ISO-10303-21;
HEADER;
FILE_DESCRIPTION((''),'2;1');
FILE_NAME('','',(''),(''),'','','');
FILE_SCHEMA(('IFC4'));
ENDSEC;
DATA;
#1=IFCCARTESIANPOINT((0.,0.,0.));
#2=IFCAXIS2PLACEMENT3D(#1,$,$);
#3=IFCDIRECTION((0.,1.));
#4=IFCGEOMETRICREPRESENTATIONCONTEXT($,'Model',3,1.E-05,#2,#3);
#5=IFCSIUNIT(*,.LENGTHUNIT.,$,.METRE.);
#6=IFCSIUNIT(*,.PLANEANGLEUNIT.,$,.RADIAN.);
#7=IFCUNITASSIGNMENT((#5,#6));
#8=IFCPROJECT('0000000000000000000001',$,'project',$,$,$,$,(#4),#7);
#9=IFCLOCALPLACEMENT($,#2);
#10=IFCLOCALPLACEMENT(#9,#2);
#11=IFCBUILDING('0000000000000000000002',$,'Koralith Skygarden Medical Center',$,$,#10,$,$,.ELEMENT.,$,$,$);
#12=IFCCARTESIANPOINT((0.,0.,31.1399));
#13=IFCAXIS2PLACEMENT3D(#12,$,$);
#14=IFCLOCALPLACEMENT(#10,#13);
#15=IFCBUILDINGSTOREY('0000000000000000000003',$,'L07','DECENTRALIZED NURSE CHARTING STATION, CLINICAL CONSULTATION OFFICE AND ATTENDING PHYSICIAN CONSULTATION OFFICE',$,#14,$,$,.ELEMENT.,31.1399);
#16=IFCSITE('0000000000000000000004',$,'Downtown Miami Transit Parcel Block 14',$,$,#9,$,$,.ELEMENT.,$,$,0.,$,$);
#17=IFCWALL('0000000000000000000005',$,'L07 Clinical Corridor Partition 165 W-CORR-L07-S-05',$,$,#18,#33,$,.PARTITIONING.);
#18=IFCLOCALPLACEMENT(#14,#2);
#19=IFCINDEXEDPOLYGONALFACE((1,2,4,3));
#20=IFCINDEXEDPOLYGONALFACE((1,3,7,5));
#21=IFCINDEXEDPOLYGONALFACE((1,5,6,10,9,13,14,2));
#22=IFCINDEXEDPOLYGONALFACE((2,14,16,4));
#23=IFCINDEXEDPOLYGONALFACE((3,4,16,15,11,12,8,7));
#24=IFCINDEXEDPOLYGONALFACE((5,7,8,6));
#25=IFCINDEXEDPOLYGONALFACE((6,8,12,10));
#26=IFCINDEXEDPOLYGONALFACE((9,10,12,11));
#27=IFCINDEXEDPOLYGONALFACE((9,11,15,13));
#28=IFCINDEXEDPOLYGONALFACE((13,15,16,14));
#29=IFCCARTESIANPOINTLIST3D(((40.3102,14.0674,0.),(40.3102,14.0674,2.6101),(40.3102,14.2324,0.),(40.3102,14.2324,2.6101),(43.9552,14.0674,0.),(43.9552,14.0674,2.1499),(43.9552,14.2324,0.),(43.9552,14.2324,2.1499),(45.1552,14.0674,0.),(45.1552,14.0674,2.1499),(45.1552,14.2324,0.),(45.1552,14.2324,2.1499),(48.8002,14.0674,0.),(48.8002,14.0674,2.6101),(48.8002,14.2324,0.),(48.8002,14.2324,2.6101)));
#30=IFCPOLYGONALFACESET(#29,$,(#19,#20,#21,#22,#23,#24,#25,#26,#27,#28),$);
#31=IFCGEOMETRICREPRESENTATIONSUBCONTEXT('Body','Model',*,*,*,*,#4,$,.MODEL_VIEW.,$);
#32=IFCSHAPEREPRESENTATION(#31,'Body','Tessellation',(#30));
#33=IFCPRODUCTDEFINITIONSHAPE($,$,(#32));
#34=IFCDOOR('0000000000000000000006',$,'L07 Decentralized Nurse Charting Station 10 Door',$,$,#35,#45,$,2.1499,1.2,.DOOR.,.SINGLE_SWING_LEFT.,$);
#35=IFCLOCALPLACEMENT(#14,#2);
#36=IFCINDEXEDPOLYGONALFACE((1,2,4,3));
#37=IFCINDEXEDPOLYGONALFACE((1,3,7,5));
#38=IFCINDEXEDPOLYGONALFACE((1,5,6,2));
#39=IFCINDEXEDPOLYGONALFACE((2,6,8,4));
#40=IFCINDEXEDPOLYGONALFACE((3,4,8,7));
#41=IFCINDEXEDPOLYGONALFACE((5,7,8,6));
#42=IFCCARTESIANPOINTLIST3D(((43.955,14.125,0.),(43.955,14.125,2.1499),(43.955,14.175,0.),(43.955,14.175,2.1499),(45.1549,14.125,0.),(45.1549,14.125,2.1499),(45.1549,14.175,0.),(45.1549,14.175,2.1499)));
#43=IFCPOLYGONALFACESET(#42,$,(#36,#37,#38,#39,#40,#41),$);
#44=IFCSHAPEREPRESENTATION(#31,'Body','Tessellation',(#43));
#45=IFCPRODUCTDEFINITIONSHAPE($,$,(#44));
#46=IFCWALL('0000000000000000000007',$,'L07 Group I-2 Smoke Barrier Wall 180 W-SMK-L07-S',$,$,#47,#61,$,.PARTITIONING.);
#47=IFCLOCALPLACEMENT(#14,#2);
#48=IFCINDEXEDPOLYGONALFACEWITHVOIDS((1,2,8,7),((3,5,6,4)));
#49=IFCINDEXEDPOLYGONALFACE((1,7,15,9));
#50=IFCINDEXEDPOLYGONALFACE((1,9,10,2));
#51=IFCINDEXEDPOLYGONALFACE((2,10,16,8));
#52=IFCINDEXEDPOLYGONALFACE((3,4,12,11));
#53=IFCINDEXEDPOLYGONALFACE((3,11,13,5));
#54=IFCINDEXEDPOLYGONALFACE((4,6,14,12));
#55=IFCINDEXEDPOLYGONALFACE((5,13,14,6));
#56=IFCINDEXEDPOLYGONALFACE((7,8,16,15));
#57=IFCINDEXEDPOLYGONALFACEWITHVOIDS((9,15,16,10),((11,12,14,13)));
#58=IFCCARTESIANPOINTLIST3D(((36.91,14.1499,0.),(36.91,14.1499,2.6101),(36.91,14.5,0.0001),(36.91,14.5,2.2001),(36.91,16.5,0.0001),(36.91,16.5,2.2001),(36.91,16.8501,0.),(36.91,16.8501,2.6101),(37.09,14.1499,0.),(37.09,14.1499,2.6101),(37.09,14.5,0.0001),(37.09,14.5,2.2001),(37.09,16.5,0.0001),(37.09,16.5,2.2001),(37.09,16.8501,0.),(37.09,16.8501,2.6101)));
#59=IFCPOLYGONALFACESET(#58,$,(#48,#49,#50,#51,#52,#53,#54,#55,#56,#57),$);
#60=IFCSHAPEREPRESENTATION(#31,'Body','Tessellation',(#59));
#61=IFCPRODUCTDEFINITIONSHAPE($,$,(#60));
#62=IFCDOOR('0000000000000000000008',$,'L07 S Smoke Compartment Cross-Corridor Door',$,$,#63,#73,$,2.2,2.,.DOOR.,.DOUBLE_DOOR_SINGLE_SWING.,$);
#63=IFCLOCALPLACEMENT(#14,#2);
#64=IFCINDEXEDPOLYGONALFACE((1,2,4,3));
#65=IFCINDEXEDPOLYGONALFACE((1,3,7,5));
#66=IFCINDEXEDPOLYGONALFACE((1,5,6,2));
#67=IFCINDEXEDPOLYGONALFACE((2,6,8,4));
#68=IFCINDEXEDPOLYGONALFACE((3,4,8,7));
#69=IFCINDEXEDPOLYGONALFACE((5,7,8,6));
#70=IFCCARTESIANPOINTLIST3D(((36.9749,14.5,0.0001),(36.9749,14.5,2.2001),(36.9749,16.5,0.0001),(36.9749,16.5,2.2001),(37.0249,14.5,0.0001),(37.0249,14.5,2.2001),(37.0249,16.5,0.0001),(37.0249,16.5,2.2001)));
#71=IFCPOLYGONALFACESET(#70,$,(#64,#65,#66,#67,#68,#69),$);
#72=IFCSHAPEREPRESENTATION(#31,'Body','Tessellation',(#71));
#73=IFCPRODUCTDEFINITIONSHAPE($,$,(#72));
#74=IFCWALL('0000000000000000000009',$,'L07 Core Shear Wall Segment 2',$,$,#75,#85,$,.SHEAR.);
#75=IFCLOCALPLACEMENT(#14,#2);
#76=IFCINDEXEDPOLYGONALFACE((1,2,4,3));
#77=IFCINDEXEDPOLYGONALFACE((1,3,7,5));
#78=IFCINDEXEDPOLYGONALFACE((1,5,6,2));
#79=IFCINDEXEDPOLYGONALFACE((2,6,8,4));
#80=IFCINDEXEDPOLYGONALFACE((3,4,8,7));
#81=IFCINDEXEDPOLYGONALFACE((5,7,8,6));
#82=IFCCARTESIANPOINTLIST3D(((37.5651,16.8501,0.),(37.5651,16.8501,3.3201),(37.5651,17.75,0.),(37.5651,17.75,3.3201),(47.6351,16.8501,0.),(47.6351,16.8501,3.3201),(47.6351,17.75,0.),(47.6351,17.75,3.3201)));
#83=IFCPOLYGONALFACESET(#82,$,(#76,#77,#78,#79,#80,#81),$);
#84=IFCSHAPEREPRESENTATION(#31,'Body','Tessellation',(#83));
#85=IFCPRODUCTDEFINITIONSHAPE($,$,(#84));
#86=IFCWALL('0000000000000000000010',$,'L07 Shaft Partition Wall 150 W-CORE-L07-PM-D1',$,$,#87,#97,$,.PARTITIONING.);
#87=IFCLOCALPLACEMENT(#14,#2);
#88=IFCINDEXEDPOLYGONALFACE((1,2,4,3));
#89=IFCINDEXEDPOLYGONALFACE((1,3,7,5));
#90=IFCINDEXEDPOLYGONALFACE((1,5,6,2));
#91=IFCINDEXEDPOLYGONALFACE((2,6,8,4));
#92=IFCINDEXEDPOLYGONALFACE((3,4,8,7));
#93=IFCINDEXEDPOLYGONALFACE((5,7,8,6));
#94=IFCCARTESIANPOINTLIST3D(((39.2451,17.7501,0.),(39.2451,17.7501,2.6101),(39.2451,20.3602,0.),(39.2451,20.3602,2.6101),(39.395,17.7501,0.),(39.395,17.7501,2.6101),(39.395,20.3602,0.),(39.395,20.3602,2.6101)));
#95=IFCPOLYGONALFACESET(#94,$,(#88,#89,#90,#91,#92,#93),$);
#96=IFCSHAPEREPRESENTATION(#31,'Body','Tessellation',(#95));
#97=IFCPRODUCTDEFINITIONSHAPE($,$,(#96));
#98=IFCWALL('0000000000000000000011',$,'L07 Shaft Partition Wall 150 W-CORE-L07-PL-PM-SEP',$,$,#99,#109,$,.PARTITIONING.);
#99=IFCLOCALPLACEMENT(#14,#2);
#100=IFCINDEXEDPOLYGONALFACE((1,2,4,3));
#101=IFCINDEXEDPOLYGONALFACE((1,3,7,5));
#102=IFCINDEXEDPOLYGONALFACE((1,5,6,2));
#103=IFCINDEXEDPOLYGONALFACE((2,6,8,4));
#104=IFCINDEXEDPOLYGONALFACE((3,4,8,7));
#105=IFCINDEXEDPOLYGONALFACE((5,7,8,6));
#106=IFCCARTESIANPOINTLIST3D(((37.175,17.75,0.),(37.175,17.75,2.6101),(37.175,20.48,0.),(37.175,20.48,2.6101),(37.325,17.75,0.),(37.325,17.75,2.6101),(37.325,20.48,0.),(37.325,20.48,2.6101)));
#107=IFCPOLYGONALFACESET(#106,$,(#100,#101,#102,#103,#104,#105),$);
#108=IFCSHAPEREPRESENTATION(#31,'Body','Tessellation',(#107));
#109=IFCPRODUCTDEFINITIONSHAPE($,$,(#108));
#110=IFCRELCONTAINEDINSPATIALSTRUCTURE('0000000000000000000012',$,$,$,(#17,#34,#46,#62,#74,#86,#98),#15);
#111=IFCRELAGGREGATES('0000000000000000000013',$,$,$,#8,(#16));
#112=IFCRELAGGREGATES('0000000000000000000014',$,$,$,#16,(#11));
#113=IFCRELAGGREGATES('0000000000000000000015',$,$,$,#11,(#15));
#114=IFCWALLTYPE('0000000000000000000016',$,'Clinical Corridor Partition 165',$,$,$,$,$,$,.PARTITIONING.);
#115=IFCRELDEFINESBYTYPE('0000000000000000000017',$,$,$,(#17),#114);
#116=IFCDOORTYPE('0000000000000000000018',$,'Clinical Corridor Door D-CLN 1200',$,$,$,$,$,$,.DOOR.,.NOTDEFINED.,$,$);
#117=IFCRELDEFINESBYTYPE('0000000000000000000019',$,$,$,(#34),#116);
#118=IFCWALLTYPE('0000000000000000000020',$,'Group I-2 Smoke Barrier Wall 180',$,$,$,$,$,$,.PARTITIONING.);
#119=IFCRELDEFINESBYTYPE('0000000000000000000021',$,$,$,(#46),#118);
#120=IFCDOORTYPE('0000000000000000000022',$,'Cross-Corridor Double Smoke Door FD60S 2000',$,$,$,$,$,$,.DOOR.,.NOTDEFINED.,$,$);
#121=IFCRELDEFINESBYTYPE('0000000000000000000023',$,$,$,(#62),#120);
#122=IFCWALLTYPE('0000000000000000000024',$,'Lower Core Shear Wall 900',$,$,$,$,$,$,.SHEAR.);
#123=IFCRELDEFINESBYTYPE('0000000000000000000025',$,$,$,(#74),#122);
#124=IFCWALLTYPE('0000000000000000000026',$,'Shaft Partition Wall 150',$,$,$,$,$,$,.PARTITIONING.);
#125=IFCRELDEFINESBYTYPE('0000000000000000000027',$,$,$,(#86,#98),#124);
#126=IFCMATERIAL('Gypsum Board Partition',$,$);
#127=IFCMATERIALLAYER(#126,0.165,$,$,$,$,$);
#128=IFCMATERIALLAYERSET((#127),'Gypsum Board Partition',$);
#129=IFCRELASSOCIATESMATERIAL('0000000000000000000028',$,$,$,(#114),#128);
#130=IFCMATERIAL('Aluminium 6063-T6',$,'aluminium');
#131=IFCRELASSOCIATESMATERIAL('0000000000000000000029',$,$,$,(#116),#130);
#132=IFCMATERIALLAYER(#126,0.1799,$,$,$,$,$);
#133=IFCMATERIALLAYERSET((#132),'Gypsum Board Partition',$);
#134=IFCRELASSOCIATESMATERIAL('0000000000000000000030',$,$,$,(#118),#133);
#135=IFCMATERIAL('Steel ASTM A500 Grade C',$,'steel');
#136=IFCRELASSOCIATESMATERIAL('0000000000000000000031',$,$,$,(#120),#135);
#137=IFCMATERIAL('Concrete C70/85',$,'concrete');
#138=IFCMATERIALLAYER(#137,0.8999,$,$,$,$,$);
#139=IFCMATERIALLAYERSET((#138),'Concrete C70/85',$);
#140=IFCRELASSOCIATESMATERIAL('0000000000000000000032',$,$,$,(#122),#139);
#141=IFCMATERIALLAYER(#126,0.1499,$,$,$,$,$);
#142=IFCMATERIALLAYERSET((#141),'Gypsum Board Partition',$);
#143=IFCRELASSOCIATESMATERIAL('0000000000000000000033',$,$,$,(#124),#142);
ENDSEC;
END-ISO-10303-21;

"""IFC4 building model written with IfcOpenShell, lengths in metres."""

from ifc_helpers import new_model, si_unit, direction, frame, frame_2d, origin, place, context, subcontext, project, spatial, rectangle, extrude, material, layer, layer_set, type_object, element, fill, save


model = new_model("IFC4")

# Units and contexts
model_context = context("Model", 3, precision=1e-05, world=origin(), true_north=direction((0.0, 1.0)))
body_context = subcontext(model_context, "Body", "Model", "MODEL_VIEW")
ifc_project = project(units=[si_unit("LENGTHUNIT", "METRE"), si_unit("PLANEANGLEUNIT", "RADIAN")], contexts=[model_context])

# Site, building, storey
site_placement = place(None, origin())
site = spatial("IfcSite", under=ifc_project, at=site_placement, Name="Downtown Miami Transit Parcel Block 14", CompositionType="ELEMENT", RefElevation=0.0)
building_placement = place(site_placement, origin())
building = spatial("IfcBuilding", under=site, at=building_placement, Name="Koralith Skygarden Medical Center", CompositionType="ELEMENT")
storey_placement = place(building_placement, frame((0.0, 0.0, 31.1399)))
storey = spatial("IfcBuildingStorey", under=building, at=storey_placement, Name="L07", Description="DECENTRALIZED NURSE CHARTING STATION, CLINICAL CONSULTATION OFFICE AND ATTENDING PHYSICIAN CONSULTATION OFFICE", CompositionType="ELEMENT", Elevation=31.1399)

# Shared definitions
ifc_material_1 = material(Name="Concrete C70/85", Category="concrete")

# Shared definitions
ifc_material_2 = material(Name="Aluminium 6063-T6", Category="aluminium")

# Shared definitions
ifc_material_3 = material(Name="Gypsum Board Partition")

# Walls, openings, doors
ifc_layer_1 = layer(ifc_material_3, 0.165)
ifc_layer_set_1 = layer_set([ifc_layer_1], Name="Gypsum Board Partition")
wall_type_1 = type_object("IfcWallType", Name="Clinical Corridor Partition 165", PredefinedType="PARTITIONING", material=ifc_layer_set_1)
wall_1_placement = place(storey_placement, frame((40.3101, 14.1499, 0.0), z_axis=(0.0, 0.0, 1.0), x_axis=(1.0, 0.0, 0.0)))
wall_1 = element("IfcWall", 1, at=wall_1_placement, inside=storey, type_object=wall_type_1, Name="L07 Clinical Corridor Partition 165 W-CORR-L07-S-05", PredefinedType="PARTITIONING", context=body_context, shape_type="SweptSolid", body=[
    extrude(rectangle(XDim=8.49, YDim=0.165, at=frame_2d((4.2451, 0.0))), origin(), (0.0, 0.0, 1.0), 2.6101),
])
opening_1_placement = place(wall_1_placement, frame((3.645, 0.0, 0.0)))
opening_1 = element("IfcOpeningElement", 2, at=opening_1_placement, cuts=wall_1, PredefinedType="OPENING", context=body_context, shape_type="SweptSolid", body=[
    extrude(rectangle(XDim=1.2, YDim=2.1499, at=frame_2d((0.6001, 1.075))), frame((0.0, 0.0925, 0.0), z_axis=(0.0, -1.0, 0.0), x_axis=(1.0, 0.0, 0.0)), (0.0, 0.0, 1.0), 0.1851),
])
door_type_1 = type_object("IfcDoorType", Name="Clinical Corridor Door D-CLN 1200", OperationType="NOTDEFINED", PredefinedType="DOOR", material=ifc_material_2)
door_1_placement = place(opening_1_placement, frame((1.2, 0.0, 0.0), z_axis=(0.0, 0.0, 1.0), x_axis=(-1.0, 0.0, 0.0)))
door_1 = element("IfcDoor", 3, at=door_1_placement, inside=storey, type_object=door_type_1, Name="L07 Decentralized Nurse Charting Station 10 Door", OperationType="SINGLE_SWING_LEFT", OverallHeight=2.1499, OverallWidth=1.2, PredefinedType="DOOR", context=body_context, shape_type="SweptSolid", body=[
    extrude(rectangle(XDim=1.2, YDim=2.1499, at=frame_2d((0.6001, 1.075))), frame((0.0, 0.0249, 0.0), z_axis=(0.0, -1.0, 0.0), x_axis=(1.0, 0.0, 0.0)), (0.0, 0.0, 1.0), 0.05),
])
fill(opening_1, door_1)
ifc_layer_2 = layer(ifc_material_3, 0.1799)
ifc_layer_set_2 = layer_set([ifc_layer_2], Name="Gypsum Board Partition")
wall_type_2 = type_object("IfcWallType", Name="Group I-2 Smoke Barrier Wall 180", PredefinedType="PARTITIONING", material=ifc_layer_set_2)
wall_2_placement = place(storey_placement, frame((37.0, 14.1499, 0.0), z_axis=(0.0, 0.0, 1.0), x_axis=(0.0, 1.0, 0.0)))
wall_2 = element("IfcWall", 4, at=wall_2_placement, inside=storey, type_object=wall_type_2, Name="L07 Group I-2 Smoke Barrier Wall 180 W-SMK-L07-S", PredefinedType="PARTITIONING", context=body_context, shape_type="SweptSolid", body=[
    extrude(rectangle(XDim=2.7002, YDim=0.1799, at=frame_2d((1.3501, 0.0))), origin(), (0.0, 0.0, 1.0), 2.6101),
])
opening_2_placement = place(wall_2_placement, frame((0.3501, 0.0, 0.0)))
opening_2 = element("IfcOpeningElement", 5, at=opening_2_placement, cuts=wall_2, PredefinedType="OPENING", context=body_context, shape_type="SweptSolid", body=[
    extrude(rectangle(XDim=2.0, YDim=2.2, at=frame_2d((1.0, 1.1001))), frame((0.0, 0.0999, 0.0), z_axis=(0.0, -1.0, 0.0), x_axis=(1.0, 0.0, 0.0)), (0.0, 0.0, 1.0), 0.2),
])
ifc_material_4 = material(Name="Steel ASTM A500 Grade C", Category="steel")
door_type_2 = type_object("IfcDoorType", Name="Cross-Corridor Double Smoke Door FD60S 2000", OperationType="NOTDEFINED", PredefinedType="DOOR", material=ifc_material_4)
door_2_placement = place(opening_2_placement, frame((2.0, 0.0, 0.0), z_axis=(0.0, 0.0, 1.0), x_axis=(-1.0, 0.0, 0.0)))
door_2 = element("IfcDoor", 6, at=door_2_placement, inside=storey, type_object=door_type_2, Name="L07 S Smoke Compartment Cross-Corridor Door", OperationType="DOUBLE_DOOR_SINGLE_SWING", OverallHeight=2.2, OverallWidth=2.0, PredefinedType="DOOR", context=body_context, shape_type="SweptSolid", body=[
    extrude(rectangle(XDim=2.0, YDim=2.2, at=frame_2d((1.0, 1.1001))), frame((0.0, 0.0249, 0.0), z_axis=(0.0, -1.0, 0.0), x_axis=(1.0, 0.0, 0.0)), (0.0, 0.0, 1.0), 0.05),
])
fill(opening_2, door_2)

# Walls
ifc_layer_3 = layer(ifc_material_1, 0.8999)
ifc_layer_set_3 = layer_set([ifc_layer_3], Name="Concrete C70/85")
wall_type_3 = type_object("IfcWallType", Name="Lower Core Shear Wall 900", PredefinedType="SHEAR", material=ifc_layer_set_3)
wall_3_placement = place(storey_placement, frame((37.5649, 17.3, 0.0), z_axis=(0.0, 0.0, 1.0), x_axis=(1.0, 0.0, 0.0)))
element("IfcWall", 7, at=wall_3_placement, inside=storey, type_object=wall_type_3, Name="L07 Core Shear Wall Segment 2", PredefinedType="SHEAR", context=body_context, shape_type="SweptSolid", body=[
    extrude(rectangle(XDim=10.0701, YDim=0.8999, at=frame_2d((5.0352, 0.0))), origin(), (0.0, 0.0, 1.0), 3.3201),
])
ifc_layer_4 = layer(ifc_material_3, 0.1499)
ifc_layer_set_4 = layer_set([ifc_layer_4], Name="Gypsum Board Partition")
wall_type_4 = type_object("IfcWallType", Name="Shaft Partition Wall 150", PredefinedType="PARTITIONING", material=ifc_layer_set_4)
wall_4_placement = place(storey_placement, frame((39.3201, 17.75, 0.0), z_axis=(0.0, 0.0, 1.0), x_axis=(0.0, 1.0, 0.0)))
element("IfcWall", 8, at=wall_4_placement, inside=storey, type_object=wall_type_4, Name="L07 Shaft Partition Wall 150 W-CORE-L07-PM-D1", PredefinedType="PARTITIONING", context=body_context, shape_type="SweptSolid", body=[
    extrude(rectangle(XDim=2.6101, YDim=0.1499, at=frame_2d((1.3052, 0.0))), origin(), (0.0, 0.0, 1.0), 2.6101),
])
wall_5_placement = place(storey_placement, frame((37.25, 17.75, 0.0), z_axis=(0.0, 0.0, 1.0), x_axis=(0.0, 1.0, 0.0)))
element("IfcWall", 9, at=wall_5_placement, inside=storey, type_object=wall_type_4, Name="L07 Shaft Partition Wall 150 W-CORE-L07-PL-PM-SEP", PredefinedType="PARTITIONING", context=body_context, shape_type="SweptSolid", body=[
    extrude(rectangle(XDim=2.73, YDim=0.1499, at=frame_2d((1.365, 0.0))), origin(), (0.0, 0.0, 1.0), 2.6101),
])

save(model, "model.ifc")
